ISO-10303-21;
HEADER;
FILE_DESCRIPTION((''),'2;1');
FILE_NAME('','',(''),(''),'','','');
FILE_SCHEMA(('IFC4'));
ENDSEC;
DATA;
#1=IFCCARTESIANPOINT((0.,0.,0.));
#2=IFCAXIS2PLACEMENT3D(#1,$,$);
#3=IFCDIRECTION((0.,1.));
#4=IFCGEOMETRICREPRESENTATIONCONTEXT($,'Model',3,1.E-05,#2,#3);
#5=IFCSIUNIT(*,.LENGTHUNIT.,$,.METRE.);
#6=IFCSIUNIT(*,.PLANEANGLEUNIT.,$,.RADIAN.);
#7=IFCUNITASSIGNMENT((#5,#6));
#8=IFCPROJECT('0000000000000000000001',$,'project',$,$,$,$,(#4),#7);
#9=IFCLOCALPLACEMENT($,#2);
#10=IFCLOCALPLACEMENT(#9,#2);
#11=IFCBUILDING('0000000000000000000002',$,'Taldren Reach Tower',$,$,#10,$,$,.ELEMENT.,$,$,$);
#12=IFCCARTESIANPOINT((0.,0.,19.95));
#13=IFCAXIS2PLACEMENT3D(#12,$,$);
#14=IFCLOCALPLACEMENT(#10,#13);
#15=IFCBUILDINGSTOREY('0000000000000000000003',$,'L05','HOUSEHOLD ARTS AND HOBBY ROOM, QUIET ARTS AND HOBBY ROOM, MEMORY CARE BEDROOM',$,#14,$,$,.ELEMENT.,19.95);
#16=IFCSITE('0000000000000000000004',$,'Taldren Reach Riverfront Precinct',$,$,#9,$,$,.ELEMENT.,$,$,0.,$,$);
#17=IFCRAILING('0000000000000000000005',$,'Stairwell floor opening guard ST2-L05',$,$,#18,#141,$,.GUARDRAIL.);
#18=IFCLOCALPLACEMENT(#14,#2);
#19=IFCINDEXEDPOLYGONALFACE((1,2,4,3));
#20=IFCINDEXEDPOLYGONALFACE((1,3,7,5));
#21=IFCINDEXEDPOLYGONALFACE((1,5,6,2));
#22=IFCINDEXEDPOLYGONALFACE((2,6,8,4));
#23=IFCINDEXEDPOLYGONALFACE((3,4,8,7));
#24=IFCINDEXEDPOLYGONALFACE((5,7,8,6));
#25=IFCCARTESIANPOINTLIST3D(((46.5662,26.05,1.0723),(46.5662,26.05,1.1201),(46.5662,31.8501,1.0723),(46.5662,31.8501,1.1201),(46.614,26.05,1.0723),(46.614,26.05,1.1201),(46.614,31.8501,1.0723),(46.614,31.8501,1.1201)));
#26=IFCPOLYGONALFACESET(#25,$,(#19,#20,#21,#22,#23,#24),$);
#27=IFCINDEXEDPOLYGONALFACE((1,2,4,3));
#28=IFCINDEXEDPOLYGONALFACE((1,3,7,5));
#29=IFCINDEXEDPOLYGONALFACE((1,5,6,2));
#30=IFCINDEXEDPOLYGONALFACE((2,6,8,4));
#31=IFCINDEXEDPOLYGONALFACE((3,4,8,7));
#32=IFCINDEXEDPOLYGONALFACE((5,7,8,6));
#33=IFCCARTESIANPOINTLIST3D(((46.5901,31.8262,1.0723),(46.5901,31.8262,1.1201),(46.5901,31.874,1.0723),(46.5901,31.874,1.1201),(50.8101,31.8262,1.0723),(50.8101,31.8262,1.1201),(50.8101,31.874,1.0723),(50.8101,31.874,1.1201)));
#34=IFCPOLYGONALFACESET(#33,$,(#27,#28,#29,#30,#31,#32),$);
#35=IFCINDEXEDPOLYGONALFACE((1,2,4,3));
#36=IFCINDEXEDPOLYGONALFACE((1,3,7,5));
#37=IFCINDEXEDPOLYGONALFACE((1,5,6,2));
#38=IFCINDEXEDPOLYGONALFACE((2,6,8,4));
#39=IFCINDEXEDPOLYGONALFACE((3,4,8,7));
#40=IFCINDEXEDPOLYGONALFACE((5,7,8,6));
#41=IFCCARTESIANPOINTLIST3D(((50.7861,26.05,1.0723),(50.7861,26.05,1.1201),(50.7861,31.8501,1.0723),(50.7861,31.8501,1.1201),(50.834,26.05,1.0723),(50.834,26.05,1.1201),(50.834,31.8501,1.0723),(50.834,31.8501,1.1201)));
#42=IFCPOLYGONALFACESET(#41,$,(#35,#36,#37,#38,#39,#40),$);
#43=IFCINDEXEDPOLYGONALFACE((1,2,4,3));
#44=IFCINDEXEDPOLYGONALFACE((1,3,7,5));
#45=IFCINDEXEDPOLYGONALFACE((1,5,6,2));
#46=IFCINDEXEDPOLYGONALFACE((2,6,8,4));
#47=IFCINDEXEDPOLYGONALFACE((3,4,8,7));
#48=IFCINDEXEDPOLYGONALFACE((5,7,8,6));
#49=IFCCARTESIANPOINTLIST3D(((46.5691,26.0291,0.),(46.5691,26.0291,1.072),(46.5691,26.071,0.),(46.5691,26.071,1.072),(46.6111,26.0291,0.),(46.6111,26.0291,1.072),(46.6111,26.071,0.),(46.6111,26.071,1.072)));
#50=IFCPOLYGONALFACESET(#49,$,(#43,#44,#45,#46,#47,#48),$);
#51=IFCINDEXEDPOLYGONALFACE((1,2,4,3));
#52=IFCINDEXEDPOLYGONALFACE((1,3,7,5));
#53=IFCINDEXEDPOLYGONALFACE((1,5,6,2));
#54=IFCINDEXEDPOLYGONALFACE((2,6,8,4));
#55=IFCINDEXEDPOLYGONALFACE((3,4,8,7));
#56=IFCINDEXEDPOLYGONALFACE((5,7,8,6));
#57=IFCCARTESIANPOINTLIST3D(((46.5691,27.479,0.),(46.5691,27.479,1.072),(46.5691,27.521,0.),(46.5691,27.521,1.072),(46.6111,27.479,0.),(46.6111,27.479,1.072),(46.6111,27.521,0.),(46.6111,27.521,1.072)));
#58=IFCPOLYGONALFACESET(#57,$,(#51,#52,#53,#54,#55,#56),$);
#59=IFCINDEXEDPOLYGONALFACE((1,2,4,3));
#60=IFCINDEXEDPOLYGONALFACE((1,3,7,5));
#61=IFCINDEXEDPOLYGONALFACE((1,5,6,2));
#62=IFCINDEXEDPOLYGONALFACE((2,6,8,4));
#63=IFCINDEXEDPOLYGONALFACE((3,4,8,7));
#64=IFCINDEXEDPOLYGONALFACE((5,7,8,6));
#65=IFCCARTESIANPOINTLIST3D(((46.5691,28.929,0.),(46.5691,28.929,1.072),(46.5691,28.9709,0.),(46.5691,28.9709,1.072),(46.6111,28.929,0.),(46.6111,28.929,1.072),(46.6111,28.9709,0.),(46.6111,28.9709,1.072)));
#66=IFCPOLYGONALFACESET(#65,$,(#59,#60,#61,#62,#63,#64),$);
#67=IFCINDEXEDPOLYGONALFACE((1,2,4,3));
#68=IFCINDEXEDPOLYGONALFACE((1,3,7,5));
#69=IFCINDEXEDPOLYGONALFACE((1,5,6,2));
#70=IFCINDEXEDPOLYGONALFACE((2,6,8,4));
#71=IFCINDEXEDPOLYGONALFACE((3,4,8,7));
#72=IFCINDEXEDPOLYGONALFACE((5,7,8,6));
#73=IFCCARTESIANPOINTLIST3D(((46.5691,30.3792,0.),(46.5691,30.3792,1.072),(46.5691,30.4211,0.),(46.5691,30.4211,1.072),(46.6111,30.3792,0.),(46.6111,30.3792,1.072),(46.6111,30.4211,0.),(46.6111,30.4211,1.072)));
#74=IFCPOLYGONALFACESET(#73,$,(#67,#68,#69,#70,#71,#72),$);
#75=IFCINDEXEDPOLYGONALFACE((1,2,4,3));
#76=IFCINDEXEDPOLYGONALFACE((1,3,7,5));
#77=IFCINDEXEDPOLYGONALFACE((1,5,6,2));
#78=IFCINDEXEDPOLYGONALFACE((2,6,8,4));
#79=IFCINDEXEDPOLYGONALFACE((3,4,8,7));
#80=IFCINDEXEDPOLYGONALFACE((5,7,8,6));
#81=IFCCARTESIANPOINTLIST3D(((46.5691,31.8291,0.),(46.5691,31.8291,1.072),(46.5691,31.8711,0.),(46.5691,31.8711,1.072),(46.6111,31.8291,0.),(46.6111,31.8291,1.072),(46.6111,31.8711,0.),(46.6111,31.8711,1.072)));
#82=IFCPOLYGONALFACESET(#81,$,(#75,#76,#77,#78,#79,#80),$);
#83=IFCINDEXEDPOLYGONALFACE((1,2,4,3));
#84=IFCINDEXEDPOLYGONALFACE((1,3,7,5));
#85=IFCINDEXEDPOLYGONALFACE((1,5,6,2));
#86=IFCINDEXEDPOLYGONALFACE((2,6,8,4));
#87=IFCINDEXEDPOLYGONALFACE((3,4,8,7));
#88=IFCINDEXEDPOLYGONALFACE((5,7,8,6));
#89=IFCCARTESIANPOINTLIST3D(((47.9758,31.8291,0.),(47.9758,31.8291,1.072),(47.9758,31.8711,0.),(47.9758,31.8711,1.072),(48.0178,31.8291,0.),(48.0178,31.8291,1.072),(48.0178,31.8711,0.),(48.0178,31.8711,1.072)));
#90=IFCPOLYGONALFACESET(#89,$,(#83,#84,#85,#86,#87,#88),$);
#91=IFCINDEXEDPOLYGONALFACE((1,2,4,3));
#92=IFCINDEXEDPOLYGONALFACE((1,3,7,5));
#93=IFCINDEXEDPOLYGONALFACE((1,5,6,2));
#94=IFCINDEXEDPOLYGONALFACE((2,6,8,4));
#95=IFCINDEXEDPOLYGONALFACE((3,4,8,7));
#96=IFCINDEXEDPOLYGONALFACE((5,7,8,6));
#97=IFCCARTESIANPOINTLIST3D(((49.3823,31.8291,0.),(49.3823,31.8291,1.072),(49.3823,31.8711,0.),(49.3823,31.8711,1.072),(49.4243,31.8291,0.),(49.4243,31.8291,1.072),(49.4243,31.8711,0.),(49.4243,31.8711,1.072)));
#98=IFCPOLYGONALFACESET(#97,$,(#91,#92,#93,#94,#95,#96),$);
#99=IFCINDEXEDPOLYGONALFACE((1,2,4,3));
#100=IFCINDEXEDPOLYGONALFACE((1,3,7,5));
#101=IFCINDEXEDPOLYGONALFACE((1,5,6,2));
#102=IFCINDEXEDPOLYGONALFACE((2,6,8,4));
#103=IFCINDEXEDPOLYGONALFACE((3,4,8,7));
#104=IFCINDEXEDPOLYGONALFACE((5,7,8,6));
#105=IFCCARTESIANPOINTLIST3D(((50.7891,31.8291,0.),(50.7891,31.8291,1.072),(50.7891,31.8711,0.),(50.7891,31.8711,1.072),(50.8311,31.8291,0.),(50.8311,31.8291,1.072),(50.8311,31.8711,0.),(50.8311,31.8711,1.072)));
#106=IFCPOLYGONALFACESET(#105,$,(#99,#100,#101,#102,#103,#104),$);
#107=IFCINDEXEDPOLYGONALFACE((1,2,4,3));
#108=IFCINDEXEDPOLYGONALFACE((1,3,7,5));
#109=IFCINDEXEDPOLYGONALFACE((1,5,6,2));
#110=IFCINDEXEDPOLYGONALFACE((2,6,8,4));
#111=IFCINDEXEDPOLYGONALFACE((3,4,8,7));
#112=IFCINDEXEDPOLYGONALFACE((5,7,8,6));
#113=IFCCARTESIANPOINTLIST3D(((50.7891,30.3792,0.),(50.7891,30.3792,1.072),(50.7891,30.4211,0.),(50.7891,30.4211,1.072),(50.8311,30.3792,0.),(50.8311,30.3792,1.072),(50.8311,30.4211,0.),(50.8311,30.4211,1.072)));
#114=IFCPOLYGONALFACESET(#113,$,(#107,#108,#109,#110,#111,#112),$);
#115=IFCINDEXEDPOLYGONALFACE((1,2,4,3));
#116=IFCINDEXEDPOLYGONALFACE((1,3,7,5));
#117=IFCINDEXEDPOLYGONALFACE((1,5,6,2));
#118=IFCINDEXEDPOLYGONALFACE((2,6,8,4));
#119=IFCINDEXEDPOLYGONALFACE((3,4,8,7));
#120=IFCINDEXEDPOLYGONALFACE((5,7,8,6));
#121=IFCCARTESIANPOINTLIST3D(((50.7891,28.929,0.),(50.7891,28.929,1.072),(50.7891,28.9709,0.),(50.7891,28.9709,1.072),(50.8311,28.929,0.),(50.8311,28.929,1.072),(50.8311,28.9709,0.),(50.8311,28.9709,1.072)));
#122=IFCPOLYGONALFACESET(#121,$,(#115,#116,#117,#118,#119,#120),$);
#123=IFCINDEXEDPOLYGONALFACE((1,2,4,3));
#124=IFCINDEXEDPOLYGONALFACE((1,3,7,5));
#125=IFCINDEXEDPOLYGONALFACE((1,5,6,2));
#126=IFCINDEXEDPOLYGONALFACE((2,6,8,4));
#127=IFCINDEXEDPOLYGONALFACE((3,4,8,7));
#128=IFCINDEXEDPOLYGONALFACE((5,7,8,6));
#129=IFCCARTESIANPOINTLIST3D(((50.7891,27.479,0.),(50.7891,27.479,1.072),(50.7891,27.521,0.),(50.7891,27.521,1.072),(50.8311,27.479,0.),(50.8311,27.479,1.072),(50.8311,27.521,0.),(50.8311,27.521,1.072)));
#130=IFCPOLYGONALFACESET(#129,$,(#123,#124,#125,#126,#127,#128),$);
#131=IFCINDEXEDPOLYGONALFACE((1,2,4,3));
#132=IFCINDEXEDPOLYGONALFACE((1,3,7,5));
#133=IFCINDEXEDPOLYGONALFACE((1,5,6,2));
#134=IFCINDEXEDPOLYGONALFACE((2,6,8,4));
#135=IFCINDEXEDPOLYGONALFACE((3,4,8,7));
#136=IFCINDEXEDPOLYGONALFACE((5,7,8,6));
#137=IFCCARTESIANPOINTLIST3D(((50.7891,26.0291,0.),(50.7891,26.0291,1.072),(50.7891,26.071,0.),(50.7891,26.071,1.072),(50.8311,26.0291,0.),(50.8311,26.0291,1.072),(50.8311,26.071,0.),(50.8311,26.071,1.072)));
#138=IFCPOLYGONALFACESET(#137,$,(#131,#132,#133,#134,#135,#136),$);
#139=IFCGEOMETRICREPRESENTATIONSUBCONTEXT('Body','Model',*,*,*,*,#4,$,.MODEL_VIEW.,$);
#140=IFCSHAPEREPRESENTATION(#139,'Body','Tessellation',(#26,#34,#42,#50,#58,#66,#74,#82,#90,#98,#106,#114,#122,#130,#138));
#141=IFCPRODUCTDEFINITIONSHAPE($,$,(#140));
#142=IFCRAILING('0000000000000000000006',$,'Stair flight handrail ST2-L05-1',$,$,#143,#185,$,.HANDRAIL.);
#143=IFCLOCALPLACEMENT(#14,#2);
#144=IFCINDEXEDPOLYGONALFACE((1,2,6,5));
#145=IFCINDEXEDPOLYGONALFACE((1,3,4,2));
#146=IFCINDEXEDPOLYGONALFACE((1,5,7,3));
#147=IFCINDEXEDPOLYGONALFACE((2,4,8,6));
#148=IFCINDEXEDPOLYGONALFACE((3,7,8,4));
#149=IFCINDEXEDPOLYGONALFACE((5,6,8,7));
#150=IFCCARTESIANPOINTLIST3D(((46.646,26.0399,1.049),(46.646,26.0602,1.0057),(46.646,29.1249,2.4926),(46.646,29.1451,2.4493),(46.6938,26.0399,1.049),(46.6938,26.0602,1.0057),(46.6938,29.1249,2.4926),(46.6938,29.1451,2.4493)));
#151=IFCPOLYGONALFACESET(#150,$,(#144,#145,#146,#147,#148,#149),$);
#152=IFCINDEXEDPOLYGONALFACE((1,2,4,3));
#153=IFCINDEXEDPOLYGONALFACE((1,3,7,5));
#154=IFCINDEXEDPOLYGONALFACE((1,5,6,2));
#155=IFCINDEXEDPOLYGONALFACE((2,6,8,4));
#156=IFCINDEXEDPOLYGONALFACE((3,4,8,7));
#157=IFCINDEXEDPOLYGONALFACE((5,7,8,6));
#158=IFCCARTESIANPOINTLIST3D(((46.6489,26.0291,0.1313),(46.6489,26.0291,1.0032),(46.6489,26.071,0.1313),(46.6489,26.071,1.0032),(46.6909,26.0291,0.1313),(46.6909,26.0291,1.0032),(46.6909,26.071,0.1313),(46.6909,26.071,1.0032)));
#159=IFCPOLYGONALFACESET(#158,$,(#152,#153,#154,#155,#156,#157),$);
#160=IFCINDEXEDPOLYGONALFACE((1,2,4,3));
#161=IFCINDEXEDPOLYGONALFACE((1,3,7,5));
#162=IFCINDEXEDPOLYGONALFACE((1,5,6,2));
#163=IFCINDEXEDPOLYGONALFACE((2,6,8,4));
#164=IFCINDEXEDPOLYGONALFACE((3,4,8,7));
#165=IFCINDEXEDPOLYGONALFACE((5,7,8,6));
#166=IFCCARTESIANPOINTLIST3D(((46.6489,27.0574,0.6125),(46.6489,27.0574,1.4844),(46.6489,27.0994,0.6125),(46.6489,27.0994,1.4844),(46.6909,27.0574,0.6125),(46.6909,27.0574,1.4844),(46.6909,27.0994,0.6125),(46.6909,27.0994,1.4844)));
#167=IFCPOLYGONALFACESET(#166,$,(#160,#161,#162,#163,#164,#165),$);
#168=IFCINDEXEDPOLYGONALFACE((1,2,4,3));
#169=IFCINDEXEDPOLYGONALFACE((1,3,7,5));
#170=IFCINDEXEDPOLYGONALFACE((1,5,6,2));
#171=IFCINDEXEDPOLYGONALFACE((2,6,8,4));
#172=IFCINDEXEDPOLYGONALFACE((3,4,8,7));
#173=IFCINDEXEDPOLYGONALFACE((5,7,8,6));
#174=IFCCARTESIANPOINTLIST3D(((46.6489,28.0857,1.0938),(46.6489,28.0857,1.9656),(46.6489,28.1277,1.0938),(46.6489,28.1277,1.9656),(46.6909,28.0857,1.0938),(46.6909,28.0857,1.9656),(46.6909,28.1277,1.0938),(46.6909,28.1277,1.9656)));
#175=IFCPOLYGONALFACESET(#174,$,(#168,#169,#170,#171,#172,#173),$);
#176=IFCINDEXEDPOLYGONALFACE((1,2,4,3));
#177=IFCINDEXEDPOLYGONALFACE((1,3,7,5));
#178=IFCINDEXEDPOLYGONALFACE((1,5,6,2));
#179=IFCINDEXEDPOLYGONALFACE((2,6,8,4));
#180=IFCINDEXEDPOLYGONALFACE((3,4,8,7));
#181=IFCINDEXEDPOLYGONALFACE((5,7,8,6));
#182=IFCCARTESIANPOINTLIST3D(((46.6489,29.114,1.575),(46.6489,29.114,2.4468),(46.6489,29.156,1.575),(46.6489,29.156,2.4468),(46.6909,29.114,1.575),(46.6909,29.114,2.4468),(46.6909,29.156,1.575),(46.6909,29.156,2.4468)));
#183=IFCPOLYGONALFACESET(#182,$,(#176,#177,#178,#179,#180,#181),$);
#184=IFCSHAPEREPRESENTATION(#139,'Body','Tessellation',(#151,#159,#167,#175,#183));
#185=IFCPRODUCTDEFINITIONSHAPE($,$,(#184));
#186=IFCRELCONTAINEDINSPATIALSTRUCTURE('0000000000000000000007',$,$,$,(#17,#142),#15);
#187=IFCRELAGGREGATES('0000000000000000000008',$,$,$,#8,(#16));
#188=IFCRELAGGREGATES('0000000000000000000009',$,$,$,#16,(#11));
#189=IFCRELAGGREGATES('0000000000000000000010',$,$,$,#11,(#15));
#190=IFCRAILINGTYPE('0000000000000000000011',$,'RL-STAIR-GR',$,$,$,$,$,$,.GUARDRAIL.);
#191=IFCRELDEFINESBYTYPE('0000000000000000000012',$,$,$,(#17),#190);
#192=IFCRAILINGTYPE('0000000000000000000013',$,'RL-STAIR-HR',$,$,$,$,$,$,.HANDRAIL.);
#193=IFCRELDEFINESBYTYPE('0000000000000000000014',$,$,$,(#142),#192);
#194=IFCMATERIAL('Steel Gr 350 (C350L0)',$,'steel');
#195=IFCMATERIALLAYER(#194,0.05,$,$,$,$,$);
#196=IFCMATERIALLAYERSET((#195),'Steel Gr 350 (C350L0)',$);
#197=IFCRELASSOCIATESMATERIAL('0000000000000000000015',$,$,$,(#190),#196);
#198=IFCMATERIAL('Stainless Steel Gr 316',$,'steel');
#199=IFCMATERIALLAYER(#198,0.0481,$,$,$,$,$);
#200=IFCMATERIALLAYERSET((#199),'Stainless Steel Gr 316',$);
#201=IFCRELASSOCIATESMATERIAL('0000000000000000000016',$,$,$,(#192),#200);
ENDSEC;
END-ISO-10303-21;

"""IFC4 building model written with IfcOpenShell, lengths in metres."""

from ifc_helpers import new_model, si_unit, direction, frame, origin, origin_2d, place, context, subcontext, project, spatial, rectangle, extrude, material, layer, layer_set, type_object, element, save


model = new_model("IFC4")

# Units and contexts
model_context = context("Model", 3, precision=1e-05, world=origin(), true_north=direction((0.0, 1.0)))
body_context = subcontext(model_context, "Body", "Model", "MODEL_VIEW")
ifc_project = project(units=[si_unit("LENGTHUNIT", "METRE"), si_unit("PLANEANGLEUNIT", "RADIAN")], contexts=[model_context])

# Site, building, storey
site_placement = place(None, origin())
site = spatial("IfcSite", under=ifc_project, at=site_placement, Name="Taldren Reach Riverfront Precinct", CompositionType="ELEMENT", RefElevation=0.0)
building_placement = place(site_placement, origin())
building = spatial("IfcBuilding", under=site, at=building_placement, Name="Taldren Reach Tower", CompositionType="ELEMENT")
storey_placement = place(building_placement, frame((0.0, 0.0, 19.95)))
storey = spatial("IfcBuildingStorey", under=building, at=storey_placement, Name="L05", Description="HOUSEHOLD ARTS AND HOBBY ROOM, QUIET ARTS AND HOBBY ROOM, MEMORY CARE BEDROOM", CompositionType="ELEMENT", Elevation=19.95)

# Shared definitions
ifc_material_1 = material(Name="Steel Gr 350 (C350L0)", Category="steel")

# Railings
ifc_layer_1 = layer(ifc_material_1, 0.05)
ifc_layer_set_1 = layer_set([ifc_layer_1], Name="Steel Gr 350 (C350L0)")
railing_type_1 = type_object("IfcRailingType", Name="RL-STAIR-GR", PredefinedType="GUARDRAIL", material=ifc_layer_set_1)
railing_1_placement = place(storey_placement, frame((46.5901, 26.05, 0.0)))
element("IfcRailing", 1, at=railing_1_placement, inside=storey, type_object=railing_type_1, Name="Stairwell floor opening guard ST2-L05", PredefinedType="GUARDRAIL", context=body_context, shape_type="SweptSolid", body=[
    extrude(rectangle(XDim=0.0479, YDim=0.0479, at=origin_2d()), frame((0.0, 0.0, 1.0962), z_axis=(0.0, 1.0, 0.0), x_axis=(-1.0, 0.0, 0.0)), (0.0, 0.0, 1.0), 5.8),
    extrude(rectangle(XDim=0.0479, YDim=0.0479, at=origin_2d()), frame((0.0, 5.8, 1.0962), z_axis=(1.0, 0.0, 0.0), x_axis=(0.0, 1.0, 0.0)), (0.0, 0.0, 1.0), 4.22),
    extrude(rectangle(XDim=0.0479, YDim=0.0479, at=origin_2d()), frame((4.22, 5.8, 1.0962), z_axis=(0.0, -1.0, 0.0), x_axis=(1.0, 0.0, 0.0)), (0.0, 0.0, 1.0), 5.8),
    extrude(rectangle(XDim=0.042, YDim=0.042, at=origin_2d()), origin(), (0.0, 0.0, 1.0), 1.072),
    extrude(rectangle(XDim=0.042, YDim=0.042, at=origin_2d()), frame((0.0, 1.45, 0.0)), (0.0, 0.0, 1.0), 1.072),
    extrude(rectangle(XDim=0.042, YDim=0.042, at=origin_2d()), frame((0.0, 2.8999, 0.0)), (0.0, 0.0, 1.0), 1.072),
    extrude(rectangle(XDim=0.042, YDim=0.042, at=origin_2d()), frame((0.0, 4.3501, 0.0)), (0.0, 0.0, 1.0), 1.072),
    extrude(rectangle(XDim=0.042, YDim=0.042, at=origin_2d()), frame((0.0, 5.8, 0.0)), (0.0, 0.0, 1.0), 1.072),
    extrude(rectangle(XDim=0.042, YDim=0.042, at=origin_2d()), frame((1.4067, 5.8, 0.0)), (0.0, 0.0, 1.0), 1.072),
    extrude(rectangle(XDim=0.042, YDim=0.042, at=origin_2d()), frame((2.8132, 5.8, 0.0)), (0.0, 0.0, 1.0), 1.072),
    extrude(rectangle(XDim=0.042, YDim=0.042, at=origin_2d()), frame((4.22, 5.8, 0.0)), (0.0, 0.0, 1.0), 1.072),
    extrude(rectangle(XDim=0.042, YDim=0.042, at=origin_2d()), frame((4.22, 4.3501, 0.0)), (0.0, 0.0, 1.0), 1.072),
    extrude(rectangle(XDim=0.042, YDim=0.042, at=origin_2d()), frame((4.22, 2.8999, 0.0)), (0.0, 0.0, 1.0), 1.072),
    extrude(rectangle(XDim=0.042, YDim=0.042, at=origin_2d()), frame((4.22, 1.45, 0.0)), (0.0, 0.0, 1.0), 1.072),
    extrude(rectangle(XDim=0.042, YDim=0.042, at=origin_2d()), frame((4.22, 0.0, 0.0)), (0.0, 0.0, 1.0), 1.072),
])
ifc_material_2 = material(Name="Stainless Steel Gr 316", Category="steel")
ifc_layer_2 = layer(ifc_material_2, 0.0481)
ifc_layer_set_2 = layer_set([ifc_layer_2], Name="Stainless Steel Gr 316")
railing_type_2 = type_object("IfcRailingType", Name="RL-STAIR-HR", PredefinedType="HANDRAIL", material=ifc_layer_set_2)
railing_2_placement = place(storey_placement, frame((46.6699, 26.05, 0.1313)))
element("IfcRailing", 2, at=railing_2_placement, inside=storey, type_object=railing_type_2, Name="Stair flight handrail ST2-L05-1", PredefinedType="HANDRAIL", context=body_context, shape_type="SweptSolid", body=[
    extrude(rectangle(XDim=0.0479, YDim=0.0479, at=origin_2d()), frame((0.0, 0.0, 0.896), z_axis=(0.0, 0.905738, 0.423839), x_axis=(-1.0, 0.0, 0.0)), (0.0, 0.0, 1.0), 3.406),
    extrude(rectangle(XDim=0.042, YDim=0.042, at=origin_2d()), origin(), (0.0, 0.0, 1.0), 0.8718),
    extrude(rectangle(XDim=0.042, YDim=0.042, at=origin_2d()), frame((0.0, 1.0283, 0.4812)), (0.0, 0.0, 1.0), 0.8718),
    extrude(rectangle(XDim=0.042, YDim=0.042, at=origin_2d()), frame((0.0, 2.0566, 0.9624)), (0.0, 0.0, 1.0), 0.8718),
    extrude(rectangle(XDim=0.042, YDim=0.042, at=origin_2d()), frame((0.0, 3.085, 1.4436)), (0.0, 0.0, 1.0), 0.8718),
])

save(model, "model.ifc")
